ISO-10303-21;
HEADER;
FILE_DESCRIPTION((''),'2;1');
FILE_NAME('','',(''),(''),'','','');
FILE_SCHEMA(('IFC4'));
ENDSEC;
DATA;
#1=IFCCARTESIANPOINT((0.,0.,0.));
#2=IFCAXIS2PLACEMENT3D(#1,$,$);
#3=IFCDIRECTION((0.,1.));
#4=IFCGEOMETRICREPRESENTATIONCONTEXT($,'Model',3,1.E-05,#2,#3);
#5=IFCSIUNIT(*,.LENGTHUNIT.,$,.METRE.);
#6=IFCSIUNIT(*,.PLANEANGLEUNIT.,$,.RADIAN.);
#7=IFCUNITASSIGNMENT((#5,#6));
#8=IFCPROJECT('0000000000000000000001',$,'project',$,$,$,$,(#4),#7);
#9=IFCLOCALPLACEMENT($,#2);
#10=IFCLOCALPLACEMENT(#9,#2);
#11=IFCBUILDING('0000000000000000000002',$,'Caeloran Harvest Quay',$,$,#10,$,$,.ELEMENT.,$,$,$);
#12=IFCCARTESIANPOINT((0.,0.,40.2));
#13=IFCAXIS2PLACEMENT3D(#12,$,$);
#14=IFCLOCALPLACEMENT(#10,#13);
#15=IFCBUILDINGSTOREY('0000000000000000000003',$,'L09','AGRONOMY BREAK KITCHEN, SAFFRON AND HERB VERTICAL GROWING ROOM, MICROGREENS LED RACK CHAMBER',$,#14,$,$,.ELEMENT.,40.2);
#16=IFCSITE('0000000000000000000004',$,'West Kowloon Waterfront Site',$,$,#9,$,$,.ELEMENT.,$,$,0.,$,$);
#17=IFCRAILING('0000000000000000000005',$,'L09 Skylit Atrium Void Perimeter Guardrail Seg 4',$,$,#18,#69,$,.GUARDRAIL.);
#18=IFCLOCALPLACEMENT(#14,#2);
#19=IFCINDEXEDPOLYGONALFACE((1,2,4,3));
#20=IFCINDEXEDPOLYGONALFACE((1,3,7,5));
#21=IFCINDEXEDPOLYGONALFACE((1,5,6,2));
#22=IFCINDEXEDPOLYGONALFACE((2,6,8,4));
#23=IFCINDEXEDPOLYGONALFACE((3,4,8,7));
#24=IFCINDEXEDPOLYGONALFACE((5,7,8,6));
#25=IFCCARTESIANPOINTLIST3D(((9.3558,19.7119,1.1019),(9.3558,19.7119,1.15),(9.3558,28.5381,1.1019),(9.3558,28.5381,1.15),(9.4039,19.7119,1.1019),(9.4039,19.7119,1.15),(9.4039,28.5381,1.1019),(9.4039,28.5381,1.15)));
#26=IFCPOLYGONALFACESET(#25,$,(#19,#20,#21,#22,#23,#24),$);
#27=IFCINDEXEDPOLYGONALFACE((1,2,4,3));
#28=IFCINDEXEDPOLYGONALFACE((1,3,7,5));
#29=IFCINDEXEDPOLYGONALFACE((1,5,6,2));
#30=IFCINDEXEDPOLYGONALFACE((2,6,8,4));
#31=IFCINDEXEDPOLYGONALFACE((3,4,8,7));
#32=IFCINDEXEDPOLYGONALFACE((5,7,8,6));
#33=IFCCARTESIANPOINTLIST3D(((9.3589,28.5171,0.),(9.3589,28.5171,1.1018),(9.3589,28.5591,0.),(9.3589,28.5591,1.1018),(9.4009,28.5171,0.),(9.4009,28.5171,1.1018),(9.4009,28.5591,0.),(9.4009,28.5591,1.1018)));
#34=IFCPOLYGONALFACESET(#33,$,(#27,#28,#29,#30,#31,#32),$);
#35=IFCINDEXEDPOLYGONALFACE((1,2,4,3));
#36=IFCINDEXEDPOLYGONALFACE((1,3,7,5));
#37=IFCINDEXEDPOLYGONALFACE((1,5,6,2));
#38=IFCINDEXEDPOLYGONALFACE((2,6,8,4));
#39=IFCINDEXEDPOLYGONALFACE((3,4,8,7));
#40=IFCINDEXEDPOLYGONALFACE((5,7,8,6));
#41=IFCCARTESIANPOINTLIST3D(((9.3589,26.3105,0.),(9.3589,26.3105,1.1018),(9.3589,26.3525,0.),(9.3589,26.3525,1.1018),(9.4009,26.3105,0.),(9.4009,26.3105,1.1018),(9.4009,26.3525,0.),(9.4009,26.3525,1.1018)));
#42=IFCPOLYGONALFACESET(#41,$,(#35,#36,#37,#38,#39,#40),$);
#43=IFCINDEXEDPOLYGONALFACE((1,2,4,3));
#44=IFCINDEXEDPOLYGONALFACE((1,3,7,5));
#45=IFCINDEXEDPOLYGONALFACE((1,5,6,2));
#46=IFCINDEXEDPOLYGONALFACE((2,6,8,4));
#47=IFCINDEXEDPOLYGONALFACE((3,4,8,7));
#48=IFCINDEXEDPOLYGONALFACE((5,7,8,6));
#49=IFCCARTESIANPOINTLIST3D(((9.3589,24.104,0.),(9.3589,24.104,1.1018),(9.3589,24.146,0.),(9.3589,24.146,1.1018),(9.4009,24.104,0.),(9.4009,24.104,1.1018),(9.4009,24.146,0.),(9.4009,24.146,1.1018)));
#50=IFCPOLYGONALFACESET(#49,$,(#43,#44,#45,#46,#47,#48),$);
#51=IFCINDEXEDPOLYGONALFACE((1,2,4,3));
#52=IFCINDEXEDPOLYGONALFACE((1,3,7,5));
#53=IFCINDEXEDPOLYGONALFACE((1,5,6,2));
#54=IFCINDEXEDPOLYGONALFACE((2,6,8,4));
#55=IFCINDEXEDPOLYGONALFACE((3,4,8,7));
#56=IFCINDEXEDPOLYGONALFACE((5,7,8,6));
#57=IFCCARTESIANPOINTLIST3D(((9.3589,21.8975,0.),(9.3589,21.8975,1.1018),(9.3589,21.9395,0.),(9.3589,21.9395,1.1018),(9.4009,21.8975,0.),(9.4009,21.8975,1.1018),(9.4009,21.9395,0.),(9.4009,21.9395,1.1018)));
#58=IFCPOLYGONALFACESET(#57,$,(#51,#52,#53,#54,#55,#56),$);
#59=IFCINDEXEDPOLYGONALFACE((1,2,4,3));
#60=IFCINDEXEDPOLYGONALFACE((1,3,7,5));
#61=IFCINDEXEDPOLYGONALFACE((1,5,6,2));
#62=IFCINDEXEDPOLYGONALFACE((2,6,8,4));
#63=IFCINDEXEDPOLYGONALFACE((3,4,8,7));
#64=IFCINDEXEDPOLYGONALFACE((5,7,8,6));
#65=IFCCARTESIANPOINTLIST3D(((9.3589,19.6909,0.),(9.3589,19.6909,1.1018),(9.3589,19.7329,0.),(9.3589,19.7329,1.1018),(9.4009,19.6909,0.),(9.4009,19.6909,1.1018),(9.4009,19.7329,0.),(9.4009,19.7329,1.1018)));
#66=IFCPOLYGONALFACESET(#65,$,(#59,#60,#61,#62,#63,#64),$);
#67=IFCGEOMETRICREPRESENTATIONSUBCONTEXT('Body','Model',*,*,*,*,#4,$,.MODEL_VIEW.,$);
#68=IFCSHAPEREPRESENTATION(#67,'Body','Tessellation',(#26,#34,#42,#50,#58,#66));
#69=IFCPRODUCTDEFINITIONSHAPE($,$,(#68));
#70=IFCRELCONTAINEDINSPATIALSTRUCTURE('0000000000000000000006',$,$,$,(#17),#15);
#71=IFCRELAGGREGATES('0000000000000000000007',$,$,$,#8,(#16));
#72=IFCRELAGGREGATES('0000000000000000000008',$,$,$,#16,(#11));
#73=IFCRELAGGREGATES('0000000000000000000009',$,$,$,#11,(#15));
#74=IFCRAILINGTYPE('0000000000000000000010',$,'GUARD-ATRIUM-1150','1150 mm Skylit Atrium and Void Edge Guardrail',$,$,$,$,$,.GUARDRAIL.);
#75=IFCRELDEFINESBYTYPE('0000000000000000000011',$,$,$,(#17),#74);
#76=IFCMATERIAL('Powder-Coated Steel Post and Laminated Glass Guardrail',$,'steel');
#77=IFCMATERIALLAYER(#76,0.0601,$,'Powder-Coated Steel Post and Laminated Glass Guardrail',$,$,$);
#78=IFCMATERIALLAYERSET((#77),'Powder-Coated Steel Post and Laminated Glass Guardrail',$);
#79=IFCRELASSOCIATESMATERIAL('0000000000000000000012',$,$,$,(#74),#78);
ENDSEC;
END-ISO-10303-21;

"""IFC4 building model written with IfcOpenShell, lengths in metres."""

from ifc_helpers import new_model, si_unit, direction, frame, origin, origin_2d, place, context, subcontext, project, spatial, rectangle, extrude, material, layer, layer_set, type_object, element, save


model = new_model("IFC4")

# Units and contexts
model_context = context("Model", 3, precision=1e-05, world=origin(), true_north=direction((0.0, 1.0)))
body_context = subcontext(model_context, "Body", "Model", "MODEL_VIEW")
ifc_project = project(units=[si_unit("LENGTHUNIT", "METRE"), si_unit("PLANEANGLEUNIT", "RADIAN")], contexts=[model_context])

# Site, building, storey
site_placement = place(None, origin())
site = spatial("IfcSite", under=ifc_project, at=site_placement, Name="West Kowloon Waterfront Site", CompositionType="ELEMENT", RefElevation=0.0)
building_placement = place(site_placement, origin())
building = spatial("IfcBuilding", under=site, at=building_placement, Name="Caeloran Harvest Quay", CompositionType="ELEMENT")
storey_placement = place(building_placement, frame((0.0, 0.0, 40.2)))
storey = spatial("IfcBuildingStorey", under=building, at=storey_placement, Name="L09", Description="AGRONOMY BREAK KITCHEN, SAFFRON AND HERB VERTICAL GROWING ROOM, MICROGREENS LED RACK CHAMBER", CompositionType="ELEMENT", Elevation=40.2)

# Railing
ifc_material_1 = material(Name="Powder-Coated Steel Post and Laminated Glass Guardrail", Category="steel")
ifc_layer_1 = layer(ifc_material_1, 0.0601, Name="Powder-Coated Steel Post and Laminated Glass Guardrail")
ifc_layer_set_1 = layer_set([ifc_layer_1], Name="Powder-Coated Steel Post and Laminated Glass Guardrail")
railing_type = type_object("IfcRailingType", Name="GUARD-ATRIUM-1150", Description="1150 mm Skylit Atrium and Void Edge Guardrail", PredefinedType="GUARDRAIL", material=ifc_layer_set_1)
railing_placement = place(storey_placement, frame((9.3799, 28.5381, 0.0)))
element("IfcRailing", 1, at=railing_placement, inside=storey, type_object=railing_type, Name="L09 Skylit Atrium Void Perimeter Guardrail Seg 4", PredefinedType="GUARDRAIL", context=body_context, shape_type="SweptSolid", body=[
    extrude(rectangle(XDim=0.0481, YDim=0.0481, at=origin_2d()), frame((0.0, 0.0, 1.126), z_axis=(0.0, -1.0, 0.0), x_axis=(1.0, 0.0, 0.0)), (0.0, 0.0, 1.0), 8.8262),
    extrude(rectangle(XDim=0.042, YDim=0.042, at=origin_2d()), origin(), (0.0, 0.0, 1.0), 1.1018),
    extrude(rectangle(XDim=0.042, YDim=0.042, at=origin_2d()), frame((0.0, -2.2065, 0.0)), (0.0, 0.0, 1.0), 1.1018),
    extrude(rectangle(XDim=0.042, YDim=0.042, at=origin_2d()), frame((0.0, -4.4131, 0.0)), (0.0, 0.0, 1.0), 1.1018),
    extrude(rectangle(XDim=0.042, YDim=0.042, at=origin_2d()), frame((0.0, -6.6196, 0.0)), (0.0, 0.0, 1.0), 1.1018),
    extrude(rectangle(XDim=0.042, YDim=0.042, at=origin_2d()), frame((0.0, -8.8262, 0.0)), (0.0, 0.0, 1.0), 1.1018),
])

save(model, "model.ifc")
